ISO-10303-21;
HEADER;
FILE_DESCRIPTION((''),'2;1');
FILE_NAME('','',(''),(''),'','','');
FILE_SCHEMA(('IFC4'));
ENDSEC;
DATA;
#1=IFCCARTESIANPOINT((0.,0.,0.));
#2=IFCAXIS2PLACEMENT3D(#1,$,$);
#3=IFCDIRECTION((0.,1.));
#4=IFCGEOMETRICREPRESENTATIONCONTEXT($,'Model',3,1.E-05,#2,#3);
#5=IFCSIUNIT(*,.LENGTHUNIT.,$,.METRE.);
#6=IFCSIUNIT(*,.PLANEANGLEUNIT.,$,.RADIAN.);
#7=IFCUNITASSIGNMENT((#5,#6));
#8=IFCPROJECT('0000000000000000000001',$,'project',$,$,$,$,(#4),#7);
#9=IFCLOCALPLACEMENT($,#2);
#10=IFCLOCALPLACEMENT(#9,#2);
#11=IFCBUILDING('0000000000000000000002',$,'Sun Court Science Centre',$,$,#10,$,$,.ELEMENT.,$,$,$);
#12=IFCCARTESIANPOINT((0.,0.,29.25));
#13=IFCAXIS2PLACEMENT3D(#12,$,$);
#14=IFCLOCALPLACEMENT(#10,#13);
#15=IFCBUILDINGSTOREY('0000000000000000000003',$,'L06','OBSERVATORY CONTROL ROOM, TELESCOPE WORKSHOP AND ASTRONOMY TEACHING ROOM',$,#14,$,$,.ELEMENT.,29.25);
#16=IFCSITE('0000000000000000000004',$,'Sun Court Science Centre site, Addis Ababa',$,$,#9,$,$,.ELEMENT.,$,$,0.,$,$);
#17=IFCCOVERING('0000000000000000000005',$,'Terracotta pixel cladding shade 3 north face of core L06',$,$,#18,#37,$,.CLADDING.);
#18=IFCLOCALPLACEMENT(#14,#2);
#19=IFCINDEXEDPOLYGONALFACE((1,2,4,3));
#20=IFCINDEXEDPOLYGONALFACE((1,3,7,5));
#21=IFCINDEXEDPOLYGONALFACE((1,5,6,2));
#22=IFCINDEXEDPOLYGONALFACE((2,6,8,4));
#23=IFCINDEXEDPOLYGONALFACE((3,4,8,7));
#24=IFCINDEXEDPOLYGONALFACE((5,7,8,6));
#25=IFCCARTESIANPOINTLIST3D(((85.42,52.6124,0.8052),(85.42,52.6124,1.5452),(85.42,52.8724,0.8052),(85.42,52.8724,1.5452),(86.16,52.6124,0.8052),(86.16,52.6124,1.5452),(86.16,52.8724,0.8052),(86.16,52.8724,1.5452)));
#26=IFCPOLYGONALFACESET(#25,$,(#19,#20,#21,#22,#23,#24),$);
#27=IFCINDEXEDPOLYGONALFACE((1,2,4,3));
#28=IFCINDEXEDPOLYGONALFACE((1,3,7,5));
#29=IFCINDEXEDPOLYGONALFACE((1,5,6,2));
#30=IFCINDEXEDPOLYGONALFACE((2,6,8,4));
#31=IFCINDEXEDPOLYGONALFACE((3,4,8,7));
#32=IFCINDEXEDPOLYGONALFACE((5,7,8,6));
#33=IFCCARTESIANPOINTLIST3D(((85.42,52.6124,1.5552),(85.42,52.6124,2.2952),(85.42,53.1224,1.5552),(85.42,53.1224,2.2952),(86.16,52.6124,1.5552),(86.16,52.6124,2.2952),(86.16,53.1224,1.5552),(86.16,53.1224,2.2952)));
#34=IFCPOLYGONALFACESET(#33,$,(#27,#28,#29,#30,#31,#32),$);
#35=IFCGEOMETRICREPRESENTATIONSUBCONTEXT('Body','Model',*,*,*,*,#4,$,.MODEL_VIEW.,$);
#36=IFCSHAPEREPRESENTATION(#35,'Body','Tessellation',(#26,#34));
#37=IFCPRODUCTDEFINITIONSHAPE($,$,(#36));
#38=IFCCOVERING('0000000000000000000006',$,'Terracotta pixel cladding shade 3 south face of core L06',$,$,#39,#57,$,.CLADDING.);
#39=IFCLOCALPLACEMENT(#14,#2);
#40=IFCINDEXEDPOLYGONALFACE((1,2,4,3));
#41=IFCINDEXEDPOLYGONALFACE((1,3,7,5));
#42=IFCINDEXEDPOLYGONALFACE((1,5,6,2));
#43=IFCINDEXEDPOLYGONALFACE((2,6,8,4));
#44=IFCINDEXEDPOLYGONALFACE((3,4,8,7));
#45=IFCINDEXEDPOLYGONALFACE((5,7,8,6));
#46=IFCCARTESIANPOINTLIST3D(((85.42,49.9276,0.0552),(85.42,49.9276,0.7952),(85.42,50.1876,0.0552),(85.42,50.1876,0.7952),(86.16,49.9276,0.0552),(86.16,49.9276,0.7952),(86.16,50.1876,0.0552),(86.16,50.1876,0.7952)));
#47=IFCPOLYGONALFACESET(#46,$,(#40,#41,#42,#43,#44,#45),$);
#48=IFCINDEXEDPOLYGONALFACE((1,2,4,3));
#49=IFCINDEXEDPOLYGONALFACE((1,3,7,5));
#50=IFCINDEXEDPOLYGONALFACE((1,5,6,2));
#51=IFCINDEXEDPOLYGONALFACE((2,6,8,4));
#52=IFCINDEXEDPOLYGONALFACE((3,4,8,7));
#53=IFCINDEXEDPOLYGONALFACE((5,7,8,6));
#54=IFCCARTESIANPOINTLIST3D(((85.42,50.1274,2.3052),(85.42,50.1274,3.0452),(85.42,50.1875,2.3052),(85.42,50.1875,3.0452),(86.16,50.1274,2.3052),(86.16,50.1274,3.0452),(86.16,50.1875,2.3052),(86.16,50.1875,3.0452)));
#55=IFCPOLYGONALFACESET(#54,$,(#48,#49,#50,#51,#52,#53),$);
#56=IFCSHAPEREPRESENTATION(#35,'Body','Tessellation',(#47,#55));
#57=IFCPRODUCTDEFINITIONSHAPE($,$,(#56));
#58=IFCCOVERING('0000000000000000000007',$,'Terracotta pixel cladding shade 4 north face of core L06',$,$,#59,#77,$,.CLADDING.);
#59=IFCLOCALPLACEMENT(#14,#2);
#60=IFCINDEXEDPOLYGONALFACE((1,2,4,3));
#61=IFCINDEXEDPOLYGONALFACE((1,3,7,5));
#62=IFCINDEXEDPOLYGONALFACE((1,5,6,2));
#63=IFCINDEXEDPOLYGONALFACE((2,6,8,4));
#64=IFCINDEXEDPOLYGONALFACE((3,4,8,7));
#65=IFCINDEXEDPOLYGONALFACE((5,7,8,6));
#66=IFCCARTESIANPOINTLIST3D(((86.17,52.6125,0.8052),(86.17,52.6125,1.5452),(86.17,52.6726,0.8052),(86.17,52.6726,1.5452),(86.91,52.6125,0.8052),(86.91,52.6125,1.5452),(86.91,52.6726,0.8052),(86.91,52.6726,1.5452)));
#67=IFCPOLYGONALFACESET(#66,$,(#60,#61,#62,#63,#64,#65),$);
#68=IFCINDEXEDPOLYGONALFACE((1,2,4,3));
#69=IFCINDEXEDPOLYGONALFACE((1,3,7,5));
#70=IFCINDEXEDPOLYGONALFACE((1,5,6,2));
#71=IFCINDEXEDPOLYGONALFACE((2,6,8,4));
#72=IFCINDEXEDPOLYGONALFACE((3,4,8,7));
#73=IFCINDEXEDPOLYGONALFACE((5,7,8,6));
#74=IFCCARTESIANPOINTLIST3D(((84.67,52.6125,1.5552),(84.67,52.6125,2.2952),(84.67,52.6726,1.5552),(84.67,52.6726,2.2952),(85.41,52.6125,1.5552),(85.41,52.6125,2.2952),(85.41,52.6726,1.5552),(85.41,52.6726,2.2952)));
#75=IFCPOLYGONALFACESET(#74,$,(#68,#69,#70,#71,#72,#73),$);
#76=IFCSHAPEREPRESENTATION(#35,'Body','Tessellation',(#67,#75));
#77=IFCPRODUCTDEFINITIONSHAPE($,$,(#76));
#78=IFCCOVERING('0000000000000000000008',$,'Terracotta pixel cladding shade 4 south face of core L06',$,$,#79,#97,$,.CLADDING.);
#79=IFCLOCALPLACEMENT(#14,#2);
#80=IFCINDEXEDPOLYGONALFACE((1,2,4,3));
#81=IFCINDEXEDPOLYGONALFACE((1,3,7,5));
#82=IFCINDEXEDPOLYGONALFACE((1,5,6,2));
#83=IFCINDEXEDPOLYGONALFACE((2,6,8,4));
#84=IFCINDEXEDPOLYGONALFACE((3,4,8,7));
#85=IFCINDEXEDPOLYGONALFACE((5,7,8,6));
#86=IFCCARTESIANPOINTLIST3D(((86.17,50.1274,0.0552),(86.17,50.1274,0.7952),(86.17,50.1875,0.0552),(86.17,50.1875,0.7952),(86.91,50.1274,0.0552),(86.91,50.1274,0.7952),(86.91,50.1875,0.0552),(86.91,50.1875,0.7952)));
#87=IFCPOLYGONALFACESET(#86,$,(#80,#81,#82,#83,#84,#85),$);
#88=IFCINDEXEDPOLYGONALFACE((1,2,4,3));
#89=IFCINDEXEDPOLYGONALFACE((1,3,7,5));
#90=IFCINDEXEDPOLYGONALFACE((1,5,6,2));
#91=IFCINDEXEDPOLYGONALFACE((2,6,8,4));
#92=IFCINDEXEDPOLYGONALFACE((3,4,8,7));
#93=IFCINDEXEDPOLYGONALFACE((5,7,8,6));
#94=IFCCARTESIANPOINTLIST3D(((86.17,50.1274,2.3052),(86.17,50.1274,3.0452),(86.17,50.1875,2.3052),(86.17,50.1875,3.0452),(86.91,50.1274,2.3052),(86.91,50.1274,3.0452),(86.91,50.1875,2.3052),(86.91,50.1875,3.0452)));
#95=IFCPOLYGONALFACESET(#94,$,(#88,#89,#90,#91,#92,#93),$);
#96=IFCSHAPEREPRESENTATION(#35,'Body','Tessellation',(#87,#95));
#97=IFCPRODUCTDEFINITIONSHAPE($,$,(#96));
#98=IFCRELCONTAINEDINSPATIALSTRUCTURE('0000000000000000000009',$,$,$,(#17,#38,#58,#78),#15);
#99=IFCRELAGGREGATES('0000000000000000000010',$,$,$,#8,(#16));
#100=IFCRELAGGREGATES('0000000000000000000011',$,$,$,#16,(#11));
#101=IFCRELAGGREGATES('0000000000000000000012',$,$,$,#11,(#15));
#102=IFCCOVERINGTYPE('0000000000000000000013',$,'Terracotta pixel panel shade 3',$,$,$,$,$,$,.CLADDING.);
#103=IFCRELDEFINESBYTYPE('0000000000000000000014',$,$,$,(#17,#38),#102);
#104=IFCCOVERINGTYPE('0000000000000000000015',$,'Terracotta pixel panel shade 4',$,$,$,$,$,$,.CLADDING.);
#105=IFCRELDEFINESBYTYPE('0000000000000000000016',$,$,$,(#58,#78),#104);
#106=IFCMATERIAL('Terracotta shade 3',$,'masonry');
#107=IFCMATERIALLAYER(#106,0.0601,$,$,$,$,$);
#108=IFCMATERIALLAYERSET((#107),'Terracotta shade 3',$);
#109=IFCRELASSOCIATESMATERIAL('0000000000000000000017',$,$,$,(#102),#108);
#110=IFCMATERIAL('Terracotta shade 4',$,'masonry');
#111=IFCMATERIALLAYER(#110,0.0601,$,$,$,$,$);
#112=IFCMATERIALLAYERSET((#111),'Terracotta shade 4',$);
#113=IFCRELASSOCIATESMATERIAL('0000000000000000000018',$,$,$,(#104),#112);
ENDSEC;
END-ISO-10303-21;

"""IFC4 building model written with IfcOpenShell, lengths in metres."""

from ifc_helpers import new_model, si_unit, direction, frame, origin, origin_2d, place, context, subcontext, project, spatial, rectangle, extrude, material, layer, layer_set, type_object, element, save


model = new_model("IFC4")

# Units and contexts
model_context = context("Model", 3, precision=1e-05, world=origin(), true_north=direction((0.0, 1.0)))
body_context = subcontext(model_context, "Body", "Model", "MODEL_VIEW")
ifc_project = project(units=[si_unit("LENGTHUNIT", "METRE"), si_unit("PLANEANGLEUNIT", "RADIAN")], contexts=[model_context])

# Site, building, storey
site_placement = place(None, origin())
site = spatial("IfcSite", under=ifc_project, at=site_placement, Name="Sun Court Science Centre site, Addis Ababa", CompositionType="ELEMENT", RefElevation=0.0)
building_placement = place(site_placement, origin())
building = spatial("IfcBuilding", under=site, at=building_placement, Name="Sun Court Science Centre", CompositionType="ELEMENT")
storey_placement = place(building_placement, frame((0.0, 0.0, 29.25)))
storey = spatial("IfcBuildingStorey", under=building, at=storey_placement, Name="L06", Description="OBSERVATORY CONTROL ROOM, TELESCOPE WORKSHOP AND ASTRONOMY TEACHING ROOM", CompositionType="ELEMENT", Elevation=29.25)

# Coverings
ifc_material_1 = material(Name="Terracotta shade 3", Category="masonry")
ifc_layer_1 = layer(ifc_material_1, 0.0601)
ifc_layer_set_1 = layer_set([ifc_layer_1], Name="Terracotta shade 3")
covering_type_1 = type_object("IfcCoveringType", Name="Terracotta pixel panel shade 3", PredefinedType="CLADDING", material=ifc_layer_set_1)
covering_1_placement = place(storey_placement, frame((0.0, 0.0, -29.25)))
element("IfcCovering", 1, at=covering_1_placement, inside=storey, type_object=covering_type_1, Name="Terracotta pixel cladding shade 3 north face of core L06", PredefinedType="CLADDING", context=body_context, shape_type="SweptSolid", body=[
    extrude(rectangle(XDim=0.74, YDim=0.26, at=origin_2d()), frame((85.79, 52.7424, 30.0552), z_axis=(0.0, 0.0, 1.0), x_axis=(1.0, 0.0, 0.0)), (0.0, 0.0, 1.0), 0.74),
    extrude(rectangle(XDim=0.74, YDim=0.51, at=origin_2d()), frame((85.79, 52.8674, 30.8052), z_axis=(0.0, 0.0, 1.0), x_axis=(1.0, 0.0, 0.0)), (0.0, 0.0, 1.0), 0.74),
])
covering_2_placement = place(storey_placement, frame((0.0, 0.0, -29.25)))
element("IfcCovering", 2, at=covering_2_placement, inside=storey, type_object=covering_type_1, Name="Terracotta pixel cladding shade 3 south face of core L06", PredefinedType="CLADDING", context=body_context, shape_type="SweptSolid", body=[
    extrude(rectangle(XDim=0.74, YDim=0.26, at=origin_2d()), frame((85.79, 50.0576, 29.3052), z_axis=(0.0, 0.0, 1.0), x_axis=(-1.0, 0.0, 0.0)), (0.0, 0.0, 1.0), 0.74),
    extrude(rectangle(XDim=0.74, YDim=0.0601, at=origin_2d()), frame((85.79, 50.1575, 31.5552), z_axis=(0.0, 0.0, 1.0), x_axis=(-1.0, 0.0, 0.0)), (0.0, 0.0, 1.0), 0.74),
])
ifc_material_2 = material(Name="Terracotta shade 4", Category="masonry")
ifc_layer_2 = layer(ifc_material_2, 0.0601)
ifc_layer_set_2 = layer_set([ifc_layer_2], Name="Terracotta shade 4")
covering_type_2 = type_object("IfcCoveringType", Name="Terracotta pixel panel shade 4", PredefinedType="CLADDING", material=ifc_layer_set_2)
covering_3_placement = place(storey_placement, frame((0.0, 0.0, -29.25)))
element("IfcCovering", 3, at=covering_3_placement, inside=storey, type_object=covering_type_2, Name="Terracotta pixel cladding shade 4 north face of core L06", PredefinedType="CLADDING", context=body_context, shape_type="SweptSolid", body=[
    extrude(rectangle(XDim=0.74, YDim=0.0601, at=origin_2d()), frame((86.54, 52.6426, 30.0552), z_axis=(0.0, 0.0, 1.0), x_axis=(1.0, 0.0, 0.0)), (0.0, 0.0, 1.0), 0.74),
    extrude(rectangle(XDim=0.74, YDim=0.0601, at=origin_2d()), frame((85.04, 52.6426, 30.8052), z_axis=(0.0, 0.0, 1.0), x_axis=(1.0, 0.0, 0.0)), (0.0, 0.0, 1.0), 0.74),
])
covering_4_placement = place(storey_placement, frame((0.0, 0.0, -29.25)))
element("IfcCovering", 4, at=covering_4_placement, inside=storey, type_object=covering_type_2, Name="Terracotta pixel cladding shade 4 south face of core L06", PredefinedType="CLADDING", context=body_context, shape_type="SweptSolid", body=[
    extrude(rectangle(XDim=0.74, YDim=0.0601, at=origin_2d()), frame((86.54, 50.1575, 29.3052), z_axis=(0.0, 0.0, 1.0), x_axis=(-1.0, 0.0, 0.0)), (0.0, 0.0, 1.0), 0.74),
    extrude(rectangle(XDim=0.74, YDim=0.0601, at=origin_2d()), frame((86.54, 50.1575, 31.5552), z_axis=(0.0, 0.0, 1.0), x_axis=(-1.0, 0.0, 0.0)), (0.0, 0.0, 1.0), 0.74),
])

save(model, "model.ifc")
